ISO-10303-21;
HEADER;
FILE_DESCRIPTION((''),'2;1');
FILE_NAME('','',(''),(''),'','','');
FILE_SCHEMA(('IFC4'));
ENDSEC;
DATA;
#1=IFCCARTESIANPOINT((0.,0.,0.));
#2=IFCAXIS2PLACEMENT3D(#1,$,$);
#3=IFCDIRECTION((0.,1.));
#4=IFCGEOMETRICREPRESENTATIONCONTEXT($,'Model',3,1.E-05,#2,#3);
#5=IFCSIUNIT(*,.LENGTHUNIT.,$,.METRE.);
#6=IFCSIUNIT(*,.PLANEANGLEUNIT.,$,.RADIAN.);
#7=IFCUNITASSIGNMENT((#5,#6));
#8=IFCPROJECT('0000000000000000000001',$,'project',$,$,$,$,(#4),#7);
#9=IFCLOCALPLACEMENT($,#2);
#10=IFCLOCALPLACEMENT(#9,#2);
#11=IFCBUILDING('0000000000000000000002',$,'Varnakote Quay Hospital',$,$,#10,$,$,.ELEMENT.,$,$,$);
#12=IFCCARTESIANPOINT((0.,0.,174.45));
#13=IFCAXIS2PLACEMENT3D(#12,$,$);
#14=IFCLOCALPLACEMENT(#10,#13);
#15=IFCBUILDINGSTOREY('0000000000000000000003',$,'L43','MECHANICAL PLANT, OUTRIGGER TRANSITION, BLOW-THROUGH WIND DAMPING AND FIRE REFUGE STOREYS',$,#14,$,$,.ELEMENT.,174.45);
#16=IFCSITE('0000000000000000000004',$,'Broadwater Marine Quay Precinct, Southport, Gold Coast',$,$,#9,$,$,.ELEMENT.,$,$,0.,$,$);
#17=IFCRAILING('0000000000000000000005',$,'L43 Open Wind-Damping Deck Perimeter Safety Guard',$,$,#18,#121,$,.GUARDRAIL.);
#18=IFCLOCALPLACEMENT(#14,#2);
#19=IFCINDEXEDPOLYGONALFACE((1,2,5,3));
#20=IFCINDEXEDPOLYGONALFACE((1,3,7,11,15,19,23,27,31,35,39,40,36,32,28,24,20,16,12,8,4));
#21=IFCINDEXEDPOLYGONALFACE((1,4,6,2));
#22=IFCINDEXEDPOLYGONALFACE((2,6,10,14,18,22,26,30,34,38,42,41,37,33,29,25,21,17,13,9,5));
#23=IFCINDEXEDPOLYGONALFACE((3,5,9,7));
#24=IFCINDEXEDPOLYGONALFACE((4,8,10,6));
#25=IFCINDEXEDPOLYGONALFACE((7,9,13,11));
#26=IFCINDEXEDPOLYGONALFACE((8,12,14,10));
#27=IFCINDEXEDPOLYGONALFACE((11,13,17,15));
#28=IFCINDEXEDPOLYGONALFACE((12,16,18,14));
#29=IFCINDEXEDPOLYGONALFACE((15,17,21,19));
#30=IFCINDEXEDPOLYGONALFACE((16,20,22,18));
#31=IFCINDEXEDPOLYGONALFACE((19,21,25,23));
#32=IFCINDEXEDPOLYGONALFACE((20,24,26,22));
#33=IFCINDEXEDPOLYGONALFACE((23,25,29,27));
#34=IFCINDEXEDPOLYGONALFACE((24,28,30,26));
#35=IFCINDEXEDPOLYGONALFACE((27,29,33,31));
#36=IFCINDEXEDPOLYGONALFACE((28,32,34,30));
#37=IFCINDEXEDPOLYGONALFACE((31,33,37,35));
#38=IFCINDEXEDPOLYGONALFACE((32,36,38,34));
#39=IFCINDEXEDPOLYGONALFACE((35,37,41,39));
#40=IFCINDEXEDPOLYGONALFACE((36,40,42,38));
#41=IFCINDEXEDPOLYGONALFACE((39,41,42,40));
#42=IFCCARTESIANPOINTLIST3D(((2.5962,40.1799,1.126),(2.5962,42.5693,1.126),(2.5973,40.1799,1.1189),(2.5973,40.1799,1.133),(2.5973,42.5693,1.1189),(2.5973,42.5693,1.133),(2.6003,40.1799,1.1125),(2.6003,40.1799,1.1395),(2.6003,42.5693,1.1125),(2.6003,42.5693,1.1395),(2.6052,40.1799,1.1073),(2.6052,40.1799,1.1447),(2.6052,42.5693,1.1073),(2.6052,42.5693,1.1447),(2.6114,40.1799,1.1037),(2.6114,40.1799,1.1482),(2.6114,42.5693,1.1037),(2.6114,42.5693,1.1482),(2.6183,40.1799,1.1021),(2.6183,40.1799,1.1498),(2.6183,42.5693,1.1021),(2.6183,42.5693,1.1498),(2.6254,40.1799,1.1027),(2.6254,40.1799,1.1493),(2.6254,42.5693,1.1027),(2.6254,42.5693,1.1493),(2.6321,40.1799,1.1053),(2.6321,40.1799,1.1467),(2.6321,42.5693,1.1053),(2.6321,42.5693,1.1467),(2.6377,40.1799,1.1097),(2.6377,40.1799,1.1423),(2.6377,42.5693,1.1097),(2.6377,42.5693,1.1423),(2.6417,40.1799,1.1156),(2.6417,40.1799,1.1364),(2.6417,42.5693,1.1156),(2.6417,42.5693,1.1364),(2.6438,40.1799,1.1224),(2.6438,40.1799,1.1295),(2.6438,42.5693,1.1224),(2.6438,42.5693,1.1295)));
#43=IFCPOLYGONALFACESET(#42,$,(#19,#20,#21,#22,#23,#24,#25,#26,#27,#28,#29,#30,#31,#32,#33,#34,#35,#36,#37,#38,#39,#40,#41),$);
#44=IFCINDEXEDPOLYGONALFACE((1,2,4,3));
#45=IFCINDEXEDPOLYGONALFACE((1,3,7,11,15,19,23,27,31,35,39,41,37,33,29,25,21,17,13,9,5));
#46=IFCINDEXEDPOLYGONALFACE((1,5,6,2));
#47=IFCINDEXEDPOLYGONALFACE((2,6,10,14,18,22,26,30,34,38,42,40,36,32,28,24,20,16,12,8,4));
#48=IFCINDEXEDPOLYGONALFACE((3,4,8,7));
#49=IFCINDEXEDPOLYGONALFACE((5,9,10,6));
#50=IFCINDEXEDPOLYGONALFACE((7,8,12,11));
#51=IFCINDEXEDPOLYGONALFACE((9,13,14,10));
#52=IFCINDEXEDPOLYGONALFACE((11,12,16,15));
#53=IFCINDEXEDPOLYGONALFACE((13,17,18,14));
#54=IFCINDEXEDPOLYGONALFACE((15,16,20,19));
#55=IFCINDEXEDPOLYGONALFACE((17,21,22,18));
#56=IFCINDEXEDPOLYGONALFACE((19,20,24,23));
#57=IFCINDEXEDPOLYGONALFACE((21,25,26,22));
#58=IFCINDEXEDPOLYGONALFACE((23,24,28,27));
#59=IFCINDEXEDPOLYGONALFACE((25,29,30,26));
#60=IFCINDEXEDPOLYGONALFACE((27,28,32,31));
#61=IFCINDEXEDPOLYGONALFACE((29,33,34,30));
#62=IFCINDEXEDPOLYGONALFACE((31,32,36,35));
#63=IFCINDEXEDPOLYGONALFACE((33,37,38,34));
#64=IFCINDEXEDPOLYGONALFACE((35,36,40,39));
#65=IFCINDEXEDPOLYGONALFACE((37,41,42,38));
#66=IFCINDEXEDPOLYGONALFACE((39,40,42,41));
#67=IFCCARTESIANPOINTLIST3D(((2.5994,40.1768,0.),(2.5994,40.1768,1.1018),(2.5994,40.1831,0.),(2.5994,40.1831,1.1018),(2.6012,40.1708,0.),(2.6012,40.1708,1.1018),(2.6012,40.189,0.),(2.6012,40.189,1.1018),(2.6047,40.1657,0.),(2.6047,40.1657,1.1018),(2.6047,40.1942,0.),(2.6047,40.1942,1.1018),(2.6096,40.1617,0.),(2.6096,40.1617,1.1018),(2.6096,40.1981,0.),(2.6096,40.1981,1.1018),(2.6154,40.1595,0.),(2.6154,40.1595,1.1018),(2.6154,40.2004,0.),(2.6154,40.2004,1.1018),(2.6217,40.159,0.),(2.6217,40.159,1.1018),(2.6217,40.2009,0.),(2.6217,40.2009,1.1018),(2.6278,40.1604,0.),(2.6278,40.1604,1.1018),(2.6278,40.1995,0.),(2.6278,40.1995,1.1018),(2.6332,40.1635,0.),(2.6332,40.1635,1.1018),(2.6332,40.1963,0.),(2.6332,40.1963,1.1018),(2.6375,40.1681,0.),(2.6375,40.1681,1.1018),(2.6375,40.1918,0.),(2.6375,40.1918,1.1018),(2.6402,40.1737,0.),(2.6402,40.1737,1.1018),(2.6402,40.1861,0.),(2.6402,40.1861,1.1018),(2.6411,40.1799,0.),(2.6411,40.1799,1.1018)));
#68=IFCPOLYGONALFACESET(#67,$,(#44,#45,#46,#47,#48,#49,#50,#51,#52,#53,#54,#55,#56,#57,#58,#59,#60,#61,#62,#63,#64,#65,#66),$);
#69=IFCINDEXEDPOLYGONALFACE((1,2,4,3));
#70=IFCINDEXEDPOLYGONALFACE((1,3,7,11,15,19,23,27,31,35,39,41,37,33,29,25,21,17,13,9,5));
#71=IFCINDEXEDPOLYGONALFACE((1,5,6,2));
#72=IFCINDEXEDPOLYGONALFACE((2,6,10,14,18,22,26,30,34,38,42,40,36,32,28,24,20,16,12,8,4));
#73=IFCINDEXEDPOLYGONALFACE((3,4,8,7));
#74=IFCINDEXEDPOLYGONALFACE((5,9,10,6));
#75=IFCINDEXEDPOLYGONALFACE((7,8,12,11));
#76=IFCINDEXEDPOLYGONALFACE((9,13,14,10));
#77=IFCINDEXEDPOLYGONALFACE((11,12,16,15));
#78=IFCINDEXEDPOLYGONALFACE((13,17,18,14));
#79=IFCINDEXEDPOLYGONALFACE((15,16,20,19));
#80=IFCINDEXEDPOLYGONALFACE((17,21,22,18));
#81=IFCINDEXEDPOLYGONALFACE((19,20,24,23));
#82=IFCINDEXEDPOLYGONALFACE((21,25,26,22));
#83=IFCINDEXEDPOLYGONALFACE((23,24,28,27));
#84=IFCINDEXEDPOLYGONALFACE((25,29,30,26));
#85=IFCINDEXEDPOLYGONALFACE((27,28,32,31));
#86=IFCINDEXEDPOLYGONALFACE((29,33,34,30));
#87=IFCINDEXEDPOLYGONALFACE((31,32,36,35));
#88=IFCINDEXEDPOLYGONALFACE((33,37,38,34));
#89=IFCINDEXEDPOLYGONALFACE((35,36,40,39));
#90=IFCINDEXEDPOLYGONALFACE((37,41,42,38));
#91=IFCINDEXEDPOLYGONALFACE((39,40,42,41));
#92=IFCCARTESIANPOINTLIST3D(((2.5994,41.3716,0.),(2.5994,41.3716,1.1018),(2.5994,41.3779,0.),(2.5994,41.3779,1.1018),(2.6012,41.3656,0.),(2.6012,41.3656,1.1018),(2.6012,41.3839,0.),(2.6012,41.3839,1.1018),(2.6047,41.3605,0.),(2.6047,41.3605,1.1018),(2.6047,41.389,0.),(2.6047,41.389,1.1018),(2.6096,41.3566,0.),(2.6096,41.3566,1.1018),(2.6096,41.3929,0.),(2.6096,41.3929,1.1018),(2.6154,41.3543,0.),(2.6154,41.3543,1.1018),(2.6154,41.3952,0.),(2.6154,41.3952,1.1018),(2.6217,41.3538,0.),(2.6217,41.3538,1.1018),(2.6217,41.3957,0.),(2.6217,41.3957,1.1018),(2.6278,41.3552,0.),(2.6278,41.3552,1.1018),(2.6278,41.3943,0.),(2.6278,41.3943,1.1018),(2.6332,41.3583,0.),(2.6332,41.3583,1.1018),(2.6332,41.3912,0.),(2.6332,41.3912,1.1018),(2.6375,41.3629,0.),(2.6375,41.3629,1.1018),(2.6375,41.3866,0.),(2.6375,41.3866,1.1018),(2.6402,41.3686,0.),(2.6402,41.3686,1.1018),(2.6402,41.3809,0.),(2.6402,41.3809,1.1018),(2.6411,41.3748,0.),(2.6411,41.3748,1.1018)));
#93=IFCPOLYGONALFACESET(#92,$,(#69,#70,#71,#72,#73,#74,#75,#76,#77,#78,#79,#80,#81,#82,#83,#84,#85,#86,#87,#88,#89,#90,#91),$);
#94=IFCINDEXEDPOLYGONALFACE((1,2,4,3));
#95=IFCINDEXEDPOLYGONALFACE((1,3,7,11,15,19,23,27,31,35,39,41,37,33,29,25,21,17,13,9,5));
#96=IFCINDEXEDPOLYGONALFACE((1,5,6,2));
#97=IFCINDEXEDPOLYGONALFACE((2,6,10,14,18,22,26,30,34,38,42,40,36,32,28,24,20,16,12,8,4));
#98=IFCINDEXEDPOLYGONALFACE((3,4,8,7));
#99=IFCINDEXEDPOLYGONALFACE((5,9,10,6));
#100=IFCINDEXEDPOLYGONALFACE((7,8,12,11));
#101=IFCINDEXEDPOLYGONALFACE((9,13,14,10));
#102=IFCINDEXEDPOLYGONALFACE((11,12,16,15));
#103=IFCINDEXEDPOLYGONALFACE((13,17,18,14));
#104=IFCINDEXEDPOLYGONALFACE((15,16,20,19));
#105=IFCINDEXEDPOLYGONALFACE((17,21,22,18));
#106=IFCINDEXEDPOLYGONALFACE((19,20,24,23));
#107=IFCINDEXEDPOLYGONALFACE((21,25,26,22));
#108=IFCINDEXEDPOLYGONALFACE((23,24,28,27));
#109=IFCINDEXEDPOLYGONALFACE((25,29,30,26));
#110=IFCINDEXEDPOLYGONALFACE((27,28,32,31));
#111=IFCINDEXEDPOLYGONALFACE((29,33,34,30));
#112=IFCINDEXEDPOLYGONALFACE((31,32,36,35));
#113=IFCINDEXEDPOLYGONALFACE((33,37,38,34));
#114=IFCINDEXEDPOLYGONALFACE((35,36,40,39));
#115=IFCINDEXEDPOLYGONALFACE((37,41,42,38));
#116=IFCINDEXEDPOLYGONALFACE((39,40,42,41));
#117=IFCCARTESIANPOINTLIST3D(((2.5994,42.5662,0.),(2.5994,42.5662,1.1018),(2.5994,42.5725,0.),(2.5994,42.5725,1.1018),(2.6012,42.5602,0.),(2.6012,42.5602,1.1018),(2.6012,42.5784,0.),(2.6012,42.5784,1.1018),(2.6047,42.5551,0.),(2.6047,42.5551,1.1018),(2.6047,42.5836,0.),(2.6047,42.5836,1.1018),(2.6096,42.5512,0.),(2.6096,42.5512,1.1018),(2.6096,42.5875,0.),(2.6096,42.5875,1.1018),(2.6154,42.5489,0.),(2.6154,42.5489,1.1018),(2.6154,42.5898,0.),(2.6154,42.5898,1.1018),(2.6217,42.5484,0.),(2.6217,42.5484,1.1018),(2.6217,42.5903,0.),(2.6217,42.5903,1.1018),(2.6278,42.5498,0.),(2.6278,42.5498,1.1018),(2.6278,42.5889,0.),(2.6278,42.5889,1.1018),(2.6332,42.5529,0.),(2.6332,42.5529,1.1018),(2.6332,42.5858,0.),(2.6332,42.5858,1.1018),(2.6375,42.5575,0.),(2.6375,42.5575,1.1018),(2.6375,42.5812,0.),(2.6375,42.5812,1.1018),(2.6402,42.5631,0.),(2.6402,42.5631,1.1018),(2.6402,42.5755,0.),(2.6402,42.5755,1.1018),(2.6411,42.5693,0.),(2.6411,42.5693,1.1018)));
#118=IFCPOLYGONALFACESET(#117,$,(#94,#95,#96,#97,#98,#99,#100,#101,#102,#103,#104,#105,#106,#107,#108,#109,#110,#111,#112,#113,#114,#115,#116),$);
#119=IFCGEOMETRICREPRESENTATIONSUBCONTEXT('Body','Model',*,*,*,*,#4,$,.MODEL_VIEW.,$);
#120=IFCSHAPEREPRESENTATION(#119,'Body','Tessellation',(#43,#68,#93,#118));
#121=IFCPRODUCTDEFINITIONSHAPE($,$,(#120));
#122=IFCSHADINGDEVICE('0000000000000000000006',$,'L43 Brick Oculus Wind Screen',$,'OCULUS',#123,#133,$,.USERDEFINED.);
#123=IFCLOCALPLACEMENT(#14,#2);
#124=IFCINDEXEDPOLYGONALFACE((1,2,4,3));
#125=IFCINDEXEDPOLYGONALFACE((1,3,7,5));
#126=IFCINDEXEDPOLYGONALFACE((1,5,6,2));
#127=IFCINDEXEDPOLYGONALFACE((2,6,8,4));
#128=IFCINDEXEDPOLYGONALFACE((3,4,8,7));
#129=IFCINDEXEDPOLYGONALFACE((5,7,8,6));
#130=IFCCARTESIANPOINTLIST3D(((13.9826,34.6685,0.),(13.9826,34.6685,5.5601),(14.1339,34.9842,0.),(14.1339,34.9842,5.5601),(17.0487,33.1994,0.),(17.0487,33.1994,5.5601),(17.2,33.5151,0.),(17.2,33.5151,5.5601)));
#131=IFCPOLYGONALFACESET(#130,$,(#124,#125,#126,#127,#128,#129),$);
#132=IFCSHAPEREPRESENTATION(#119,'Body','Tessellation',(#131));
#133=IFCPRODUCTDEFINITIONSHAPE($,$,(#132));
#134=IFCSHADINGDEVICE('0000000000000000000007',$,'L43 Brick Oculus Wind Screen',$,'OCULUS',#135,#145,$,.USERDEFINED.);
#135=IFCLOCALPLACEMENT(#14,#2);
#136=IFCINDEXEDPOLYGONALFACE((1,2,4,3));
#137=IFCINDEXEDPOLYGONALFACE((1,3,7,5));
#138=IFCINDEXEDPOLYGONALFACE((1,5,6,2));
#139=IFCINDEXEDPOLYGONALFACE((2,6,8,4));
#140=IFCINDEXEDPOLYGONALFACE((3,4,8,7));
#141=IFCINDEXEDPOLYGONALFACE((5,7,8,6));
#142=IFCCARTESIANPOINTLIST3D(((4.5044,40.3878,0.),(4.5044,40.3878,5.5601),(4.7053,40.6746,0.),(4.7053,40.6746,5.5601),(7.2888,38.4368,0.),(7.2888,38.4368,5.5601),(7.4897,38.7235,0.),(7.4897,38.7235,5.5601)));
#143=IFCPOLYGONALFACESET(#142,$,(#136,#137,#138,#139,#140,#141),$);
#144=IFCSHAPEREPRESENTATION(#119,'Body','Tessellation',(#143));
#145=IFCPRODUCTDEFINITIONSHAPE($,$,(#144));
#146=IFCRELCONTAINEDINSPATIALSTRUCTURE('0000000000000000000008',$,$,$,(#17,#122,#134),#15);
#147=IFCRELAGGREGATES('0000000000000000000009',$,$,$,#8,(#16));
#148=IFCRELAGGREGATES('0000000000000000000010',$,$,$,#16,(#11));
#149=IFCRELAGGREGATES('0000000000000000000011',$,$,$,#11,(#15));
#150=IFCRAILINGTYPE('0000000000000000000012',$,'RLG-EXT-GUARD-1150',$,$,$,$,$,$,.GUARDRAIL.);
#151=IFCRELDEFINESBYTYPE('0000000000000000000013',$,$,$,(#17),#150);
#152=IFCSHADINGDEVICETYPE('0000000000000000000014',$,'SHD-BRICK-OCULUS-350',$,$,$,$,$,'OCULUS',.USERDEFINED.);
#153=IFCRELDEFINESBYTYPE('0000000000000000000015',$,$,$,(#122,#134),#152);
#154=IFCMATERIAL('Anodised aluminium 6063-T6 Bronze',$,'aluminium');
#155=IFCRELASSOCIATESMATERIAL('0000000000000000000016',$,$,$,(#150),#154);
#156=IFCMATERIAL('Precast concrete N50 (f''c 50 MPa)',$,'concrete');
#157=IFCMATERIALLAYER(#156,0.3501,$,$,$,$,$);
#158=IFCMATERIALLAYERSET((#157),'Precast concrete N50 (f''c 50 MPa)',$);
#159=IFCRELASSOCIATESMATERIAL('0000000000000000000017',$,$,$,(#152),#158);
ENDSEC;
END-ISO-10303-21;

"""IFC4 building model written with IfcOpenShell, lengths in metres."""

from ifc_helpers import new_model, si_unit, direction, frame, origin, origin_2d, place, context, subcontext, project, spatial, rectangle, circle, extrude, material, layer, layer_set, type_object, element, save


model = new_model("IFC4")

# Units and contexts
model_context = context("Model", 3, precision=1e-05, world=origin(), true_north=direction((0.0, 1.0)))
body_context = subcontext(model_context, "Body", "Model", "MODEL_VIEW")
ifc_project = project(units=[si_unit("LENGTHUNIT", "METRE"), si_unit("PLANEANGLEUNIT", "RADIAN")], contexts=[model_context])

# Site, building, storey
site_placement = place(None, origin())
site = spatial("IfcSite", under=ifc_project, at=site_placement, Name="Broadwater Marine Quay Precinct, Southport, Gold Coast", CompositionType="ELEMENT", RefElevation=0.0)
building_placement = place(site_placement, origin())
building = spatial("IfcBuilding", under=site, at=building_placement, Name="Varnakote Quay Hospital", CompositionType="ELEMENT")
storey_placement = place(building_placement, frame((0.0, 0.0, 174.45)))
storey = spatial("IfcBuildingStorey", under=building, at=storey_placement, Name="L43", Description="MECHANICAL PLANT, OUTRIGGER TRANSITION, BLOW-THROUGH WIND DAMPING AND FIRE REFUGE STOREYS", CompositionType="ELEMENT", Elevation=174.45)

# Railing
ifc_material_1 = material(Name="Anodised aluminium 6063-T6 Bronze", Category="aluminium")
railing_type = type_object("IfcRailingType", Name="RLG-EXT-GUARD-1150", PredefinedType="GUARDRAIL", material=ifc_material_1)
railing_1_placement = place(storey_placement, frame((2.6201, 40.1799, 0.0)))
element("IfcRailing", 1, at=railing_1_placement, inside=storey, type_object=railing_type, Name="L43 Open Wind-Damping Deck Perimeter Safety Guard", PredefinedType="GUARDRAIL", context=body_context, shape_type="SweptSolid", body=[
    extrude(circle(Radius=0.0239, at=origin_2d()), frame((0.0, 0.0, 1.126), z_axis=(0.0, 1.0, 0.0), x_axis=(-1.0, 0.0, 0.0)), (0.0, 0.0, 1.0), 2.3894),
    extrude(circle(Radius=0.021, at=origin_2d()), origin(), (0.0, 0.0, 1.0), 1.1018),
    extrude(circle(Radius=0.021, at=origin_2d()), frame((0.0, 1.1948, 0.0)), (0.0, 0.0, 1.0), 1.1018),
    extrude(circle(Radius=0.021, at=origin_2d()), frame((0.0, 2.3894, 0.0)), (0.0, 0.0, 1.0), 1.1018),
])

# Shading devices
ifc_material_2 = material(Name="Precast concrete N50 (f'c 50 MPa)", Category="concrete")
ifc_layer_1 = layer(ifc_material_2, 0.3501)
ifc_layer_set_1 = layer_set([ifc_layer_1], Name="Precast concrete N50 (f'c 50 MPa)")
shading_device_type = type_object("IfcShadingDeviceType", Name="SHD-BRICK-OCULUS-350", ElementType="OCULUS", PredefinedType="USERDEFINED", material=ifc_layer_set_1)
for number, where, z_axis, x_axis, name in (
    (2, (15.5913, 34.0918, 0.0), (0.0, 0.0, 1.0), (-0.901833, 0.432086, 0.0), "L43 Brick Oculus Wind Screen"),
    (3, (5.9971, 39.5557, 0.0), (0.0, 0.0, 1.0), (-0.818952, 0.573862, 0.0), "L43 Brick Oculus Wind Screen"),
):
    element("IfcShadingDevice", number, at=place(storey_placement, frame(where, z_axis=z_axis, x_axis=x_axis)), inside=storey, type_object=shading_device_type, Name=name, ObjectType="OCULUS", PredefinedType="USERDEFINED", context=body_context, shape_type="SweptSolid", body=[
        extrude(rectangle(XDim=3.3999, YDim=0.3501, at=origin_2d()), origin(), (0.0, 0.0, 1.0), 5.5601),
    ])

save(model, "model.ifc")
